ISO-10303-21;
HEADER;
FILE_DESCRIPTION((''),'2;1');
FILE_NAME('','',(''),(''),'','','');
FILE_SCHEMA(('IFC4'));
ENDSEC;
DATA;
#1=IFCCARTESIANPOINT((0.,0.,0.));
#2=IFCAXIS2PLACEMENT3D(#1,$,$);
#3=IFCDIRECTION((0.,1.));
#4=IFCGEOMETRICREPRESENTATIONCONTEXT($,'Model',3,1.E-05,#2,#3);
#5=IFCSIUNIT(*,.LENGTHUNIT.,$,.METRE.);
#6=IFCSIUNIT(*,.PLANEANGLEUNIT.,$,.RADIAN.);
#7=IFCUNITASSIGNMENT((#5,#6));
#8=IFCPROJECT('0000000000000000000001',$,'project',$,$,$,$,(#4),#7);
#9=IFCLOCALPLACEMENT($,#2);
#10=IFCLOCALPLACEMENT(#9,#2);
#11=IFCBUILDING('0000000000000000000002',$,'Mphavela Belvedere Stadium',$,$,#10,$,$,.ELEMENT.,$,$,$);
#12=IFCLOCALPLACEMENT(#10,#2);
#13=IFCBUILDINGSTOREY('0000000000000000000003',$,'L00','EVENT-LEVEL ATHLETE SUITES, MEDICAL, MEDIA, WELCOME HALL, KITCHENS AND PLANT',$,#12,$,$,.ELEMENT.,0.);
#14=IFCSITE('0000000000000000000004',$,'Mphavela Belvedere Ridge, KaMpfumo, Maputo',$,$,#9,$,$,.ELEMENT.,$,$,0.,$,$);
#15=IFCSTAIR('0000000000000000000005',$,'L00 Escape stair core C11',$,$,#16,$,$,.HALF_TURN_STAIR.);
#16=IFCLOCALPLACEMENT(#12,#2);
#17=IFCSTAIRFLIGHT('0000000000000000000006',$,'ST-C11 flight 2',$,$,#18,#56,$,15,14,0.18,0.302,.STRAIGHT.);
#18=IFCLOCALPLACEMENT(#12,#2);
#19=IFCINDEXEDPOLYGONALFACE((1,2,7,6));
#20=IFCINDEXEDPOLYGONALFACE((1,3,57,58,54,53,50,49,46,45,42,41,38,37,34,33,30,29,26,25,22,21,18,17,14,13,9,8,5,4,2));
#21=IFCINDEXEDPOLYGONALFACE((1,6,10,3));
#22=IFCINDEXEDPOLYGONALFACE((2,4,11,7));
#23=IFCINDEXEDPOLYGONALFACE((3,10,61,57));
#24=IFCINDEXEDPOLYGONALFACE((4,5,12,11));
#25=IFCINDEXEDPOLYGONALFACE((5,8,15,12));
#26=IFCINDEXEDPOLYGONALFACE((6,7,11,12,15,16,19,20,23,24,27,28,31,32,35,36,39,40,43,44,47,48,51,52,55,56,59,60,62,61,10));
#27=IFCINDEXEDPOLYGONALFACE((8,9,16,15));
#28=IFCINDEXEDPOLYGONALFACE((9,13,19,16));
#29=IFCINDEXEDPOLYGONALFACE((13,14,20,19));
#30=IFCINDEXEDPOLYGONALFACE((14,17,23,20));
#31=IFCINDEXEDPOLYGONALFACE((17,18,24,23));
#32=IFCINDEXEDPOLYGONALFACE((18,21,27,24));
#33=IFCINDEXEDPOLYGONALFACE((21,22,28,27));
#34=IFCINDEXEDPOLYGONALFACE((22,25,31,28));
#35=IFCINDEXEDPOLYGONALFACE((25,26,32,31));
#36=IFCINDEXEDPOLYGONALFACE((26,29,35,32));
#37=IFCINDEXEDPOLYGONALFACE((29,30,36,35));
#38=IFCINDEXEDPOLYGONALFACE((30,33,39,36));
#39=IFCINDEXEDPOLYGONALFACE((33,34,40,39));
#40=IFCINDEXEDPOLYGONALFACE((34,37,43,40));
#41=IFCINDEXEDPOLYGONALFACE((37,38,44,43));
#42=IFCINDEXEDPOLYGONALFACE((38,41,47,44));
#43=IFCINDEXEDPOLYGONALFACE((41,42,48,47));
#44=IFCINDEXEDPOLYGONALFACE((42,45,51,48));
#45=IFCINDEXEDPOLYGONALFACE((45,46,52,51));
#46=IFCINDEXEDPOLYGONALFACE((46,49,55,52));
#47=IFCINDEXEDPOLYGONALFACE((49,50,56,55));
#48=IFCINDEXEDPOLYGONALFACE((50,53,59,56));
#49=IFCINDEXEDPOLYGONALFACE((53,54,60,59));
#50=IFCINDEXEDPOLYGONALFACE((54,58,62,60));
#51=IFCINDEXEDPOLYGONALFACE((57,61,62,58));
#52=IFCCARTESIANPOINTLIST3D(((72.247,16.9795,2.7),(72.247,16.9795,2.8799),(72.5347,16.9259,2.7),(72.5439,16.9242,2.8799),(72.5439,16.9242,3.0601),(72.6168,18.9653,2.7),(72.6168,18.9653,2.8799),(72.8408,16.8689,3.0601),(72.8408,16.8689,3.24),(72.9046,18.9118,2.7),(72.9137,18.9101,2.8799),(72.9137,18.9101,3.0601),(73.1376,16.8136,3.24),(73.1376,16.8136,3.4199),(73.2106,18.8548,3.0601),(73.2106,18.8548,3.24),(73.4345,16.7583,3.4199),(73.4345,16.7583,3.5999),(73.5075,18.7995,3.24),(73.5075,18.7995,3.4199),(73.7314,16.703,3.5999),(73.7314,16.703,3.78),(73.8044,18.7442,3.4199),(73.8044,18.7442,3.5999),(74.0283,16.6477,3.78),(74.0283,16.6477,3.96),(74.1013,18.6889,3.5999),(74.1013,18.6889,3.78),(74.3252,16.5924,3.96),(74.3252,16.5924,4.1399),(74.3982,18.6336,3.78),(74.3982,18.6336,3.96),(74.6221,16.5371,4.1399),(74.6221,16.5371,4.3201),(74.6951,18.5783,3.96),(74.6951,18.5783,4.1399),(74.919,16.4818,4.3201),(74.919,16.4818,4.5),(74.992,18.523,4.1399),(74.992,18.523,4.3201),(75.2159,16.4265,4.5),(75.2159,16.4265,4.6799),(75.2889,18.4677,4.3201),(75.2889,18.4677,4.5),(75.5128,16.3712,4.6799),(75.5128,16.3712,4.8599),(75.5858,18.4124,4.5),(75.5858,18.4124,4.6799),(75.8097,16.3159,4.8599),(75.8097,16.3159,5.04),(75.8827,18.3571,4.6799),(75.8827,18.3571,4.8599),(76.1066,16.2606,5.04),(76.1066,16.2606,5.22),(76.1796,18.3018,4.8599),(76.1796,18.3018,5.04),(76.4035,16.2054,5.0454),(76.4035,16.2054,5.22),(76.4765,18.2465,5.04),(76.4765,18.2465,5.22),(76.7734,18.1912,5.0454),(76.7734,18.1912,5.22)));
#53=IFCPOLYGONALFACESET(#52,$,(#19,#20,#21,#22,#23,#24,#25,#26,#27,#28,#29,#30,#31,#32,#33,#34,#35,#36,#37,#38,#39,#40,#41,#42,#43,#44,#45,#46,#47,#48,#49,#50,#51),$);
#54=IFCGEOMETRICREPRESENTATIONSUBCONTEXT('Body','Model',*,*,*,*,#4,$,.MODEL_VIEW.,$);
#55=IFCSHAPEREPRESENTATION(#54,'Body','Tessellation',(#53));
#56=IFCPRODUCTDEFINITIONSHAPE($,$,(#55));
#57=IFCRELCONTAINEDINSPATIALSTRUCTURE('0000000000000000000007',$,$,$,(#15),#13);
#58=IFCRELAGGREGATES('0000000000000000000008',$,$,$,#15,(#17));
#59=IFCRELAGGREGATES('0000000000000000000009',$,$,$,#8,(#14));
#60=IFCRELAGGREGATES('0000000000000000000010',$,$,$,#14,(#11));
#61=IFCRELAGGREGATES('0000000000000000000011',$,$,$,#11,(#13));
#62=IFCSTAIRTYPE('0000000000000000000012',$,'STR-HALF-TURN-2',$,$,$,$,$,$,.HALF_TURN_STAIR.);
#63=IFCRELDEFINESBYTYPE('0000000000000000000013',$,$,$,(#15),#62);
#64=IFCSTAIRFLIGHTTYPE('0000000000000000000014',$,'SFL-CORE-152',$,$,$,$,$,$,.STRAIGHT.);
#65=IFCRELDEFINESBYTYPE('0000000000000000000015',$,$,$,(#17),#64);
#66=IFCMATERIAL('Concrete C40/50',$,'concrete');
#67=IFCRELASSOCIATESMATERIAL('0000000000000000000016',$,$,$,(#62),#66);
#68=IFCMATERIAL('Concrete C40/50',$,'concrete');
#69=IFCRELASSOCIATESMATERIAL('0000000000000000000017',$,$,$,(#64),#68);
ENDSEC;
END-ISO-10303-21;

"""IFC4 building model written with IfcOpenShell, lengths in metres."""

from ifc_helpers import new_model, si_unit, direction, frame, origin, place, context, subcontext, project, spatial, polyline, outline, extrude, material, type_object, element, aggregate, save


model = new_model("IFC4")

# Units and contexts
model_context = context("Model", 3, precision=1e-05, world=origin(), true_north=direction((0.0, 1.0)))
body_context = subcontext(model_context, "Body", "Model", "MODEL_VIEW")
ifc_project = project(units=[si_unit("LENGTHUNIT", "METRE"), si_unit("PLANEANGLEUNIT", "RADIAN")], contexts=[model_context])

# Site, building, storey
site_placement = place(None, origin())
site = spatial("IfcSite", under=ifc_project, at=site_placement, Name="Mphavela Belvedere Ridge, KaMpfumo, Maputo", CompositionType="ELEMENT", RefElevation=0.0)
building_placement = place(site_placement, origin())
building = spatial("IfcBuilding", under=site, at=building_placement, Name="Mphavela Belvedere Stadium", CompositionType="ELEMENT")
storey_placement = place(building_placement, origin())
storey = spatial("IfcBuildingStorey", under=building, at=storey_placement, Name="L00", Description="EVENT-LEVEL ATHLETE SUITES, MEDICAL, MEDIA, WELCOME HALL, KITCHENS AND PLANT", CompositionType="ELEMENT", Elevation=0.0)

# Stair, stair flight
ifc_material_1 = material(Name="Concrete C40/50", Category="concrete")
stair_type = type_object("IfcStairType", Name="STR-HALF-TURN-2", PredefinedType="HALF_TURN_STAIR", material=ifc_material_1)
stair_placement = place(storey_placement, origin())
stair = element("IfcStair", 1, at=stair_placement, inside=storey, type_object=stair_type, Name="L00 Escape stair core C11", PredefinedType="HALF_TURN_STAIR")
ifc_material_2 = material(Name="Concrete C40/50", Category="concrete")
stair_flight_type = type_object("IfcStairFlightType", Name="SFL-CORE-152", PredefinedType="STRAIGHT", material=ifc_material_2)
stair_flight_1_placement = place(storey_placement, frame((72.4319, 17.9724, 2.7), z_axis=(0.0, 0.0, 1.0), x_axis=(0.983096, -0.183094, 0.0)))
stair_flight_1 = element("IfcStairFlight", 2, at=stair_flight_1_placement, type_object=stair_flight_type, Name="ST-C11 flight 2", NumberOfRisers=15, NumberOfTreads=14, PredefinedType="STRAIGHT", RiserHeight=0.18, TreadLength=0.302, context=body_context, shape_type="SweptSolid", body=[
    extrude(outline(polyline([(0.0, 0.0), (0.0, 0.1799), (0.302, 0.1799), (0.302, 0.3601), (0.604, 0.3601), (0.604, 0.54), (0.906, 0.54), (0.906, 0.72), (1.208, 0.72), (1.208, 0.8999), (1.51, 0.8999), (1.51, 1.0801), (1.812, 1.0801), (1.812, 1.26), (2.114, 1.26), (2.114, 1.4399), (2.416, 1.4399), (2.416, 1.6201), (2.718, 1.6201), (2.718, 1.8), (3.02, 1.8), (3.02, 1.98), (3.322, 1.98), (3.322, 2.1599), (3.624, 2.1599), (3.624, 2.3401), (3.926, 2.3401), (3.926, 2.52), (4.228, 2.52), (4.228, 2.7), (4.228, 2.3455), (0.2927, 0.0), (0.0, 0.0)])), frame((0.0, 1.01, 0.0), z_axis=(0.0, -1.0, 0.0), x_axis=(1.0, 0.0, 0.0)), (0.0, 0.0, 1.0), 2.02),
])
aggregate(stair, [stair_flight_1])

save(model, "model.ifc")
